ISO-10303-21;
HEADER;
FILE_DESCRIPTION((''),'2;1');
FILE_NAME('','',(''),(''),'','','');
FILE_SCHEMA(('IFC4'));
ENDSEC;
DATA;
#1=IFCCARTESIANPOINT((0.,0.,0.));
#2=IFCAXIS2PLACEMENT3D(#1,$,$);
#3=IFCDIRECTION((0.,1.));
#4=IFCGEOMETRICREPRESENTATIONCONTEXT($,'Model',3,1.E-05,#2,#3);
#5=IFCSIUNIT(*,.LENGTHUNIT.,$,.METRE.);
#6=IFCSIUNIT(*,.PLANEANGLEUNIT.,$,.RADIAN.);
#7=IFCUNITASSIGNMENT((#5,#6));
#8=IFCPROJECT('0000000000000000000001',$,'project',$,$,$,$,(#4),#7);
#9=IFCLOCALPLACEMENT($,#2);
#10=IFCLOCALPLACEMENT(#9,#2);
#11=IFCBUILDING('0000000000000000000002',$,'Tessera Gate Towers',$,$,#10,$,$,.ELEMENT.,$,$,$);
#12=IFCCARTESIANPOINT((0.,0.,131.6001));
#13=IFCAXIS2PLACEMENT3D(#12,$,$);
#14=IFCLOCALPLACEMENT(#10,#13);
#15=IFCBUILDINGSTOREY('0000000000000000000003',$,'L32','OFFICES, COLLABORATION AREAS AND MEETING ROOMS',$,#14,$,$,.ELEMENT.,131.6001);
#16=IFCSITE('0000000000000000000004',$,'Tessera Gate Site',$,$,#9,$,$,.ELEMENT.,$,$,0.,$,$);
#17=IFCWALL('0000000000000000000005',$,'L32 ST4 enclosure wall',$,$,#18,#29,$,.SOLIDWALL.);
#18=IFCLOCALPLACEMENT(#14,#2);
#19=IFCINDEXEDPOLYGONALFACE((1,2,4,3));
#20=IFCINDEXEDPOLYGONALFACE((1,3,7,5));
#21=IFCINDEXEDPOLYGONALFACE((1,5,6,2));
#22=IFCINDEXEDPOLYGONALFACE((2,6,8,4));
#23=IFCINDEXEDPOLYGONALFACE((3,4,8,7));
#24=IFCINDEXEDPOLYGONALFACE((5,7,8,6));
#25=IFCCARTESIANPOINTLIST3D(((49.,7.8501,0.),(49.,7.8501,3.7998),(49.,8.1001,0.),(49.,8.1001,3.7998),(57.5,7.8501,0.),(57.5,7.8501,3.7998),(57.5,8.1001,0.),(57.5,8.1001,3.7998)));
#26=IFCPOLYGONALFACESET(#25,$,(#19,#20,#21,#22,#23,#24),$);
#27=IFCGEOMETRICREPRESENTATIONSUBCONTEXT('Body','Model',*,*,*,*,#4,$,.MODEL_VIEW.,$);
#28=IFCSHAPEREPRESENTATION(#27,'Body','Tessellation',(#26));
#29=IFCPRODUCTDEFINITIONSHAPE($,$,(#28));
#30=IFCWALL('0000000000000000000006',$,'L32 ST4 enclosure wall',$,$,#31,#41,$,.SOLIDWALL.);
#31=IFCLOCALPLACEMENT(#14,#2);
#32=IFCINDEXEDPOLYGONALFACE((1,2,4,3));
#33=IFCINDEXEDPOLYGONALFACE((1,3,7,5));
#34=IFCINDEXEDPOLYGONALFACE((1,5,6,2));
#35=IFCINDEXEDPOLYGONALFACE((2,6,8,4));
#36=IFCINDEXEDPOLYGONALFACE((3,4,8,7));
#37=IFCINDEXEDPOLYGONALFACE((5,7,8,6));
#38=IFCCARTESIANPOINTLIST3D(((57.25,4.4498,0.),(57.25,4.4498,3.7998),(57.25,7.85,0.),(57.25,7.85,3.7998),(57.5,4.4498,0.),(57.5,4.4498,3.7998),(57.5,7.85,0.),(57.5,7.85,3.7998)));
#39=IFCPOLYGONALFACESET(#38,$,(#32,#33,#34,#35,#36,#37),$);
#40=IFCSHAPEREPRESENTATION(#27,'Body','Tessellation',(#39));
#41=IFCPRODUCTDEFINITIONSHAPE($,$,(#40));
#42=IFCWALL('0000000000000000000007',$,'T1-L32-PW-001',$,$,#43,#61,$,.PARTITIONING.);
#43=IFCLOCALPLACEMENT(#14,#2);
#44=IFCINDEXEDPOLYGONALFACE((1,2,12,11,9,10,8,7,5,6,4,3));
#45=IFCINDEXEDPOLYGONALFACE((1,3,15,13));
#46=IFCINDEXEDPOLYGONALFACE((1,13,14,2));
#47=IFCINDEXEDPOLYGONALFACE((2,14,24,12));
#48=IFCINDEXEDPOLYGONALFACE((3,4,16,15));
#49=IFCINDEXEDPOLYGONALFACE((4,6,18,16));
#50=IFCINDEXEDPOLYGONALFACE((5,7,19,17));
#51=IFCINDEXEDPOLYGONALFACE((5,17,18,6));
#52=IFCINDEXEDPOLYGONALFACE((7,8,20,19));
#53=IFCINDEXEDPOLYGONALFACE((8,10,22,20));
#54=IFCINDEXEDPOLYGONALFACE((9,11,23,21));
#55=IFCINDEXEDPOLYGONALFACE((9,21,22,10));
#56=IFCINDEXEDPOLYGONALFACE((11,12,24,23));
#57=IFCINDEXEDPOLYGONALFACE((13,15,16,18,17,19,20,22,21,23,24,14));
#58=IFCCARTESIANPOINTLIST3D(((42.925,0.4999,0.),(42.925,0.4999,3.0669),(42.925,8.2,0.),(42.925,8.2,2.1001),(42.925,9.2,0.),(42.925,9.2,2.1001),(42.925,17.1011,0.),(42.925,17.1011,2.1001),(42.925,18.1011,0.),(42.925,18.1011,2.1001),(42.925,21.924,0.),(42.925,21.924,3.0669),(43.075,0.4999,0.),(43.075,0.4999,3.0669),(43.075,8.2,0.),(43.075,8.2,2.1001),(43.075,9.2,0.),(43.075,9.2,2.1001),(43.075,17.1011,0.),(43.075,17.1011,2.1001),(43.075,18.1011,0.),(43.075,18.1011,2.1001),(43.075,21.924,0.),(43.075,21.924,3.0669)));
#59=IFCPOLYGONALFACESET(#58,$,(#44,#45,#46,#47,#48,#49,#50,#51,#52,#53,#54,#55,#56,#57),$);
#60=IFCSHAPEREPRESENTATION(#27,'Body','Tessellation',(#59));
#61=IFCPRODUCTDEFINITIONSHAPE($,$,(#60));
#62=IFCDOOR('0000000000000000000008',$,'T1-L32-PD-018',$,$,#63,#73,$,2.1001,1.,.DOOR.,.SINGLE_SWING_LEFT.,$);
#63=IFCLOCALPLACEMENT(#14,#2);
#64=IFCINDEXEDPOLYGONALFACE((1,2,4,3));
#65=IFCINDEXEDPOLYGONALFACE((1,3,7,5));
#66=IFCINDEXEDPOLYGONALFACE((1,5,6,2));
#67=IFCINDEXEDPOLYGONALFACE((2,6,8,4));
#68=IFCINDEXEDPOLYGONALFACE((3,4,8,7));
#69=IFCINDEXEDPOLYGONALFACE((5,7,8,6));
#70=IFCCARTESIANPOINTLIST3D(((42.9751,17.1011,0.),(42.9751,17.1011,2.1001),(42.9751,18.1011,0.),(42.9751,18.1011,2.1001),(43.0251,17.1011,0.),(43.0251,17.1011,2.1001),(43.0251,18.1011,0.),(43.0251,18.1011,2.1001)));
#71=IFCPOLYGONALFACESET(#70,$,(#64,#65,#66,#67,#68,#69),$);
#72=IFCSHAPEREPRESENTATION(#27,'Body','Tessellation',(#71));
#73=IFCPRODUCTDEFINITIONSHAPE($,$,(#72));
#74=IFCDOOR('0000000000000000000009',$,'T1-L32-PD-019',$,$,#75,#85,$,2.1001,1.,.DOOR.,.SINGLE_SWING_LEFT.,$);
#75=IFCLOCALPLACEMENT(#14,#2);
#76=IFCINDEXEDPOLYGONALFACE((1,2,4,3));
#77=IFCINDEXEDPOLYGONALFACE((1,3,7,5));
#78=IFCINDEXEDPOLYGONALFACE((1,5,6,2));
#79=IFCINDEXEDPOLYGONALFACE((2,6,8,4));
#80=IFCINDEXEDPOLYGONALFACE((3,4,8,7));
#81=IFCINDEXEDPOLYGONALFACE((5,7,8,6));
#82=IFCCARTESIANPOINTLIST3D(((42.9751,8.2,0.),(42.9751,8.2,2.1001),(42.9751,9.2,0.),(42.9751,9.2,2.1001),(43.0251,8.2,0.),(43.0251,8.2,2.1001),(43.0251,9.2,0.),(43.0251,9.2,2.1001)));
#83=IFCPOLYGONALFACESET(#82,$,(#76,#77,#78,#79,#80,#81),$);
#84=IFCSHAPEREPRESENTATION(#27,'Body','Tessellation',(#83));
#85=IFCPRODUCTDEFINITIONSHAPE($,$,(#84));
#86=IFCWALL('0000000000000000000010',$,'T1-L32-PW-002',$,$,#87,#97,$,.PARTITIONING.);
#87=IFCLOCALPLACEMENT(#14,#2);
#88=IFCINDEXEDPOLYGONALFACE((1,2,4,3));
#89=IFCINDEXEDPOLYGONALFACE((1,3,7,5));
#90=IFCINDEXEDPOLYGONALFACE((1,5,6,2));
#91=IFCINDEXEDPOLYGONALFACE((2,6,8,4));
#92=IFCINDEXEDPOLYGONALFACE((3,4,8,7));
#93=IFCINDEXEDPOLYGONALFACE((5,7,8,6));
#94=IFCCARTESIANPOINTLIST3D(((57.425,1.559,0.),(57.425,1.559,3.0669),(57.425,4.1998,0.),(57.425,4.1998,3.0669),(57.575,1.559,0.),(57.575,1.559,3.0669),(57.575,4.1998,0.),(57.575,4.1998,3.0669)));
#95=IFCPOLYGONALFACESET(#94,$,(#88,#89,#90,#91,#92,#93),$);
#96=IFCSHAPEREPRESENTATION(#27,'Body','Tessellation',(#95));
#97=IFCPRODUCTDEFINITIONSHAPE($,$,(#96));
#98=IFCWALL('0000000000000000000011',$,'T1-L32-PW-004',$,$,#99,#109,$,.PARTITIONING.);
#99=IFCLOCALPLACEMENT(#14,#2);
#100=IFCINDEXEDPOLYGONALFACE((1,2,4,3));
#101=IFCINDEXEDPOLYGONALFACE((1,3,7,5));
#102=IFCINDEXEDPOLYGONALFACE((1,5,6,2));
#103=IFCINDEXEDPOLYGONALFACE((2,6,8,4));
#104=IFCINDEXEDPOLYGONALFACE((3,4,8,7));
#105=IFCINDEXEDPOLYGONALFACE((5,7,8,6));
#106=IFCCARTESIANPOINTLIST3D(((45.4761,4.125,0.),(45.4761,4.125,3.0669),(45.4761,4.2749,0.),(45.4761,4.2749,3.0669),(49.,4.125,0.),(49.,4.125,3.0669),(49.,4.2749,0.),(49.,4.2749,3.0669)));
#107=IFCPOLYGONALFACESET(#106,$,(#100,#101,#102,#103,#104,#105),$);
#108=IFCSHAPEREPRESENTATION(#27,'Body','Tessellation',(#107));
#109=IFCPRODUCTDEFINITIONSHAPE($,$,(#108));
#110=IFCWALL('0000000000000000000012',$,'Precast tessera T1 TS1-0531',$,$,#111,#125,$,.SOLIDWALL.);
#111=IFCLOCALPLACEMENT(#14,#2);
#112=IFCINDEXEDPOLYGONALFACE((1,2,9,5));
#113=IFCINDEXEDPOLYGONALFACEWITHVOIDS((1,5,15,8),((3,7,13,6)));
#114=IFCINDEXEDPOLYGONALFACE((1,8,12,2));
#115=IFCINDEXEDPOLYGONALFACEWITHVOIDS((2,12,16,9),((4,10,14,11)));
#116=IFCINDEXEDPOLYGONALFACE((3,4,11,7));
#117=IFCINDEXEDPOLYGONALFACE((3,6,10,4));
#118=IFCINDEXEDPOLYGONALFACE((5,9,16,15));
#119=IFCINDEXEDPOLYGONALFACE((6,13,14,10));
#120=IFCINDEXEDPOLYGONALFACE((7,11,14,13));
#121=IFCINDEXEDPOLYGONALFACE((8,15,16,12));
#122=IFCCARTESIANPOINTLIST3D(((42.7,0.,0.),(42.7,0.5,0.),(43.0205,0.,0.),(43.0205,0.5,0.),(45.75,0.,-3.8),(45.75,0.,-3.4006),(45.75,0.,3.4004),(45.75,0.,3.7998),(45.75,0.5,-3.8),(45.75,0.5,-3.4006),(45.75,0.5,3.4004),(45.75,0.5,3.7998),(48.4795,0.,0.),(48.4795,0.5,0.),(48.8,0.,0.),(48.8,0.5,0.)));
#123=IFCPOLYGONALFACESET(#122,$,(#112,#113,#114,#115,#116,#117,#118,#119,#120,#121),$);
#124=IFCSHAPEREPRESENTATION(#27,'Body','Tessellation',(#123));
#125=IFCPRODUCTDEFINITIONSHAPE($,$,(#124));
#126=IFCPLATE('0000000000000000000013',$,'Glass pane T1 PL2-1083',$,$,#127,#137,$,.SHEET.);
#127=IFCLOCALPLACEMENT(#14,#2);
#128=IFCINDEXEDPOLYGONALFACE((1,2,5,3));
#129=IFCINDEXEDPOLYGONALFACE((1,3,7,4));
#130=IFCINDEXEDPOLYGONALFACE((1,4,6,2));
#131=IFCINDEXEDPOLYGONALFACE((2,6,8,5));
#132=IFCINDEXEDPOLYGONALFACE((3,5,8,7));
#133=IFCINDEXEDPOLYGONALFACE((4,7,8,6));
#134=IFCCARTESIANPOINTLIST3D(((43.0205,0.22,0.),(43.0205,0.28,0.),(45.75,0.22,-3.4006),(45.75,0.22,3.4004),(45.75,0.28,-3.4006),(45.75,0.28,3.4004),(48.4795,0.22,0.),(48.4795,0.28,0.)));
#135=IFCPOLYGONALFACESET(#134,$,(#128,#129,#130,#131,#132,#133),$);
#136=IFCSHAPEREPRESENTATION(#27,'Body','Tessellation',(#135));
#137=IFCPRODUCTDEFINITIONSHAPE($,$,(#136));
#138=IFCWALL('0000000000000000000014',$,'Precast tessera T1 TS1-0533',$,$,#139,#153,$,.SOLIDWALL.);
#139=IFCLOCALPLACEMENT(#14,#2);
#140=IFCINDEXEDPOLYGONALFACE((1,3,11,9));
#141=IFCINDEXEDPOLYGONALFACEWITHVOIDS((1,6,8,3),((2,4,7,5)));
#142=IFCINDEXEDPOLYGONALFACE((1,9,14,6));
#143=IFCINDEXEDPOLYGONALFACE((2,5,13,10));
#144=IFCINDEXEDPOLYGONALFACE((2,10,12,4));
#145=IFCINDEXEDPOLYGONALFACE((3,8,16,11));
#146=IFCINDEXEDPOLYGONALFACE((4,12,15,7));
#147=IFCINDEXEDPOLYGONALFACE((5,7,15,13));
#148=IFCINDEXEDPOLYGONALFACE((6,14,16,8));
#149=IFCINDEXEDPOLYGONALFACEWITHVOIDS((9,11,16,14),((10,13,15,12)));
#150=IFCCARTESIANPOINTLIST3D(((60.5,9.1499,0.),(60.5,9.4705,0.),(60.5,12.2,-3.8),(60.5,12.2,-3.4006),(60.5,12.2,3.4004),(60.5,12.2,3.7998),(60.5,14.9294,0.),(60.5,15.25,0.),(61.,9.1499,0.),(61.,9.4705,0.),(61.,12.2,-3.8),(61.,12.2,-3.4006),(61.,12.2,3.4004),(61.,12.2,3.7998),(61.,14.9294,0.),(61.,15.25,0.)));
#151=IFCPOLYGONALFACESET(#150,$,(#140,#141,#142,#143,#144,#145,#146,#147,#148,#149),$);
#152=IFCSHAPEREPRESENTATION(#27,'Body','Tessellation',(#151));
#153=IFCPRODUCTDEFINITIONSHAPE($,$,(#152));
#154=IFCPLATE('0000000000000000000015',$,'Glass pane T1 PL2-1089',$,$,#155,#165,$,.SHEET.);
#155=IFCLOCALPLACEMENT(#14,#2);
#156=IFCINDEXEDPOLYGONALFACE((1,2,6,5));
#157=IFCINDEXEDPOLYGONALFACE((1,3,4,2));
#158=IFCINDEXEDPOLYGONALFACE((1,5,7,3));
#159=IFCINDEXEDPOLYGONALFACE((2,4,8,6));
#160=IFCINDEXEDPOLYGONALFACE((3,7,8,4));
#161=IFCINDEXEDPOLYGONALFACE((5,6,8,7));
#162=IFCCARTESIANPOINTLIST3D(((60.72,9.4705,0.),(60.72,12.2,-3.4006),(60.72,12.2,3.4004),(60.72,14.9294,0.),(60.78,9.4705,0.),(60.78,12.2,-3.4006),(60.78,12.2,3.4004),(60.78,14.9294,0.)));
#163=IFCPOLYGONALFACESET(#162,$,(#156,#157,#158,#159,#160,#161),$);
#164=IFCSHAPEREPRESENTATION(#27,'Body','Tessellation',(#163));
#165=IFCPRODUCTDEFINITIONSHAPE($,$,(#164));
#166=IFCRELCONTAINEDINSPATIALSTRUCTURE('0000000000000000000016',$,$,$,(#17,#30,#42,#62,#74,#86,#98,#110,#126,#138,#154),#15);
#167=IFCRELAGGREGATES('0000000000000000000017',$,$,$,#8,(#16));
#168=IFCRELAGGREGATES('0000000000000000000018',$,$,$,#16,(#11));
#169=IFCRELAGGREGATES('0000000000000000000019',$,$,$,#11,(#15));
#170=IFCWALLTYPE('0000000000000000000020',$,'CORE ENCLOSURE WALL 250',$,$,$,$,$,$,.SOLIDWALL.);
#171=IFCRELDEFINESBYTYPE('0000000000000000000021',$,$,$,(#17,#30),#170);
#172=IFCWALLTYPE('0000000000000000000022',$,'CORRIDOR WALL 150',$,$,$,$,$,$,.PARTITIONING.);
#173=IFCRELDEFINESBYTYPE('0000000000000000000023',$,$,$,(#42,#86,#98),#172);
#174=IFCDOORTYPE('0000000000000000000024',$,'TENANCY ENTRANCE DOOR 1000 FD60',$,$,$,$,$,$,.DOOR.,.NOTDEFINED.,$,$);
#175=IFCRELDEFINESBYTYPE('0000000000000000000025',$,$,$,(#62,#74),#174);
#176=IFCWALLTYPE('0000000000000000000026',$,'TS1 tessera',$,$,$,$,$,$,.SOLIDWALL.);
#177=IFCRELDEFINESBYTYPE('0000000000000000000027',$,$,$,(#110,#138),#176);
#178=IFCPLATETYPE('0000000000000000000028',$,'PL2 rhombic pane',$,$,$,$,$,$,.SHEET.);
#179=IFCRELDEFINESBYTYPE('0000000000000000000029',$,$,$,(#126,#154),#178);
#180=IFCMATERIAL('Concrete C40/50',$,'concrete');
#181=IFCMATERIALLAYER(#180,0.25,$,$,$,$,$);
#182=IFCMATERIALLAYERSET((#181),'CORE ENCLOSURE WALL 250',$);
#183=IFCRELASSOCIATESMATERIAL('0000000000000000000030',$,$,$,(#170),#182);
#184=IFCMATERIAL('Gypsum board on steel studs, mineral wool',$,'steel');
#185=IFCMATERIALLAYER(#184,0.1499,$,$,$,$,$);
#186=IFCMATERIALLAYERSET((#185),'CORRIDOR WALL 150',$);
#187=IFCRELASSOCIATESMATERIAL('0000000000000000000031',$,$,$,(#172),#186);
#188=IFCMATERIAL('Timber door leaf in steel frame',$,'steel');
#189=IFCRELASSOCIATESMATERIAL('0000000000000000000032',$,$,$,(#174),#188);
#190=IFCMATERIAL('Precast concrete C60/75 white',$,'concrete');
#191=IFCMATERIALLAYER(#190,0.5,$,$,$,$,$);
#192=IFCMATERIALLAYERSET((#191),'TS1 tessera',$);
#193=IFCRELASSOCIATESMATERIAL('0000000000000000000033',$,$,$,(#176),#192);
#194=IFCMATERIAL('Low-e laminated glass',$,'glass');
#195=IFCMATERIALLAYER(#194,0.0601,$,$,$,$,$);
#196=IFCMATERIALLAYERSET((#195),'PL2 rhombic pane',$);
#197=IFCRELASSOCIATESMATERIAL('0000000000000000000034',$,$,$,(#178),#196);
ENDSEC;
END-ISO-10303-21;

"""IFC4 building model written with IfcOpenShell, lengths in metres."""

from ifc_helpers import new_model, si_unit, direction, frame, frame_2d, origin, place, context, subcontext, project, spatial, polyline, rectangle, outline, extrude, source, transform, mapped, material, layer, layer_set, type_object, element, fill, save


model = new_model("IFC4")

# Units and contexts
model_context = context("Model", 3, precision=1e-05, world=origin(), true_north=direction((0.0, 1.0)))
body_context = subcontext(model_context, "Body", "Model", "MODEL_VIEW")
ifc_project = project(units=[si_unit("LENGTHUNIT", "METRE"), si_unit("PLANEANGLEUNIT", "RADIAN")], contexts=[model_context])

# Site, building, storey
site_placement = place(None, origin())
site = spatial("IfcSite", under=ifc_project, at=site_placement, Name="Tessera Gate Site", CompositionType="ELEMENT", RefElevation=0.0)
building_placement = place(site_placement, origin())
building = spatial("IfcBuilding", under=site, at=building_placement, Name="Tessera Gate Towers", CompositionType="ELEMENT")
storey_placement = place(building_placement, frame((0.0, 0.0, 131.6001)))
storey = spatial("IfcBuildingStorey", under=building, at=storey_placement, Name="L32", Description="OFFICES, COLLABORATION AREAS AND MEETING ROOMS", CompositionType="ELEMENT", Elevation=131.6001)

# Shared definitions
ifc_material_1 = material(Name="Concrete C40/50", Category="concrete")
ifc_layer_1 = layer(ifc_material_1, 0.25)
ifc_layer_set_1 = layer_set([ifc_layer_1], Name="CORE ENCLOSURE WALL 250")
wall_type_1 = type_object("IfcWallType", Name="CORE ENCLOSURE WALL 250", PredefinedType="SOLIDWALL", material=ifc_layer_set_1)

# Walls
wall_1_placement = place(storey_placement, frame((49.0, 7.9751, 0.0), z_axis=(0.0, 0.0, 1.0), x_axis=(1.0, 0.0, 0.0)))
element("IfcWall", 1, at=wall_1_placement, inside=storey, type_object=wall_type_1, Name="L32 ST4 enclosure wall", PredefinedType="SOLIDWALL", context=body_context, shape_type="SweptSolid", body=[
    extrude(rectangle(XDim=8.5, YDim=0.25, at=frame_2d((4.25, 0.0))), origin(), (0.0, 0.0, 1.0), 3.7998),
])
wall_2_placement = place(storey_placement, frame((57.375, 7.8501, 0.0), z_axis=(0.0, 0.0, 1.0), x_axis=(0.0, -1.0, 0.0)))
element("IfcWall", 2, at=wall_2_placement, inside=storey, type_object=wall_type_1, Name="L32 ST4 enclosure wall", PredefinedType="SOLIDWALL", context=body_context, shape_type="SweptSolid", body=[
    extrude(rectangle(XDim=3.4001, YDim=0.25, at=frame_2d((1.7002, 0.0))), origin(), (0.0, 0.0, 1.0), 3.7998),
])

# Wall, openings, doors
ifc_material_2 = material(Name="Gypsum board on steel studs, mineral wool", Category="steel")
ifc_layer_2 = layer(ifc_material_2, 0.1499)
ifc_layer_set_2 = layer_set([ifc_layer_2], Name="CORRIDOR WALL 150")
wall_type_2 = type_object("IfcWallType", Name="CORRIDOR WALL 150", PredefinedType="PARTITIONING", material=ifc_layer_set_2)
wall_3_placement = place(storey_placement, frame((43.0, 0.5, 0.0), z_axis=(0.0, 0.0, 1.0), x_axis=(0.0, 1.0, 0.0)))
wall_3 = element("IfcWall", 3, at=wall_3_placement, inside=storey, type_object=wall_type_2, Name="T1-L32-PW-001", PredefinedType="PARTITIONING", context=body_context, shape_type="SweptSolid", body=[
    extrude(rectangle(XDim=21.4241, YDim=0.1499, at=frame_2d((10.7119, 0.0))), origin(), (0.0, 0.0, 1.0), 3.0669),
])
shared_shape_1 = source(origin(), body_context, "Body", "SweptSolid", [
    extrude(rectangle(XDim=1.0, YDim=2.1001, at=frame_2d((0.5, 1.05))), frame((0.0, 0.085, 0.0), z_axis=(0.0, -1.0, 0.0), x_axis=(1.0, 0.0, 0.0)), (0.0, 0.0, 1.0), 0.1699),
])
opening_1_placement = place(wall_3_placement, frame((16.6011, 0.0, 0.0)))
opening_1 = element("IfcOpeningElement", 4, at=opening_1_placement, cuts=wall_3, PredefinedType="OPENING", context=body_context, shape_type="MappedRepresentation", body=[
    mapped(shared_shape_1, transform((0.0, 0.0, 0.0), scale=1.0)),
])
opening_2_placement = place(wall_3_placement, frame((7.7, 0.0, 0.0)))
opening_2 = element("IfcOpeningElement", 5, at=opening_2_placement, cuts=wall_3, PredefinedType="OPENING", context=body_context, shape_type="MappedRepresentation", body=[
    mapped(shared_shape_1, transform((0.0, 0.0, 0.0), scale=1.0)),
])
ifc_material_3 = material(Name="Timber door leaf in steel frame", Category="steel")
door_type_1 = type_object("IfcDoorType", Name="TENANCY ENTRANCE DOOR 1000 FD60", OperationType="NOTDEFINED", PredefinedType="DOOR", material=ifc_material_3)
shared_shape_2 = source(origin(), body_context, "Body", "SweptSolid", [
    extrude(rectangle(XDim=1.0, YDim=2.1001, at=frame_2d((0.5, 1.05))), frame((0.0, 0.0249, 0.0), z_axis=(0.0, -1.0, 0.0), x_axis=(1.0, 0.0, 0.0)), (0.0, 0.0, 1.0), 0.05),
])
door_1_placement = place(opening_1_placement, origin())
door_1 = element("IfcDoor", 6, at=door_1_placement, inside=storey, type_object=door_type_1, Name="T1-L32-PD-018", OperationType="SINGLE_SWING_LEFT", OverallHeight=2.1001, OverallWidth=1.0, PredefinedType="DOOR", context=body_context, shape_type="MappedRepresentation", body=[
    mapped(shared_shape_2, transform((0.0, 0.0, 0.0), scale=1.0)),
])
fill(opening_1, door_1)
door_2_placement = place(opening_2_placement, origin())
door_2 = element("IfcDoor", 7, at=door_2_placement, inside=storey, type_object=door_type_1, Name="T1-L32-PD-019", OperationType="SINGLE_SWING_LEFT", OverallHeight=2.1001, OverallWidth=1.0, PredefinedType="DOOR", context=body_context, shape_type="MappedRepresentation", body=[
    mapped(shared_shape_2, transform((0.0, 0.0, 0.0), scale=1.0)),
])
fill(opening_2, door_2)

# Walls
wall_4_placement = place(storey_placement, frame((57.5, 1.5591, 0.0), z_axis=(0.0, 0.0, 1.0), x_axis=(0.0, 1.0, 0.0)))
element("IfcWall", 8, at=wall_4_placement, inside=storey, type_object=wall_type_2, Name="T1-L32-PW-002", PredefinedType="PARTITIONING", context=body_context, shape_type="SweptSolid", body=[
    extrude(rectangle(XDim=2.6409, YDim=0.1499, at=frame_2d((1.3203, 0.0))), origin(), (0.0, 0.0, 1.0), 3.0669),
])
wall_5_placement = place(storey_placement, frame((45.4761, 4.2, 0.0), z_axis=(0.0, 0.0, 1.0), x_axis=(1.0, 0.0, 0.0)))
element("IfcWall", 9, at=wall_5_placement, inside=storey, type_object=wall_type_2, Name="T1-L32-PW-004", PredefinedType="PARTITIONING", context=body_context, shape_type="SweptSolid", body=[
    extrude(rectangle(XDim=3.5239, YDim=0.1499, at=frame_2d((1.762, 0.0))), origin(), (0.0, 0.0, 1.0), 3.0669),
])

# Walls, openings, plates
ifc_material_4 = material(Name="Precast concrete C60/75 white", Category="concrete")
ifc_layer_3 = layer(ifc_material_4, 0.5)
ifc_layer_set_3 = layer_set([ifc_layer_3], Name="TS1 tessera")
wall_type_3 = type_object("IfcWallType", Name="TS1 tessera", PredefinedType="SOLIDWALL", material=ifc_layer_set_3)
shared_shape_3 = source(origin(), body_context, "Body", "SweptSolid", [
    extrude(outline(polyline([(3.05, 0.0), (6.1001, 3.8), (3.05, 7.5999), (0.0, 3.8), (3.05, 0.0)])), frame((0.0, 0.25, 0.0), z_axis=(0.0, -1.0, 0.0), x_axis=(1.0, 0.0, 0.0)), (0.0, 0.0, 1.0), 0.5),
])
wall_6_placement = place(storey_placement, frame((42.7, 0.25, -3.8), z_axis=(0.0, 0.0, 1.0), x_axis=(1.0, 0.0, 0.0)))
wall_6 = element("IfcWall", 10, at=wall_6_placement, inside=storey, type_object=wall_type_3, Name="Precast tessera T1 TS1-0531", PredefinedType="SOLIDWALL", context=body_context, shape_type="MappedRepresentation", body=[
    mapped(shared_shape_3, transform((0.0, 0.0, 0.0), scale=1.0)),
])
shared_shape_4 = source(origin(), body_context, "Body", "SweptSolid", [
    extrude(outline(polyline([(3.05, 0.3994), (5.7795, 3.8), (3.05, 7.2004), (0.3206, 3.8), (3.05, 0.3994)])), frame((0.0, 0.26, 0.0), z_axis=(0.0, -1.0, 0.0), x_axis=(1.0, 0.0, 0.0)), (0.0, 0.0, 1.0), 0.52),
])
opening_3_placement = place(wall_6_placement, origin())
opening_3 = element("IfcOpeningElement", 11, at=opening_3_placement, cuts=wall_6, PredefinedType="OPENING", context=body_context, shape_type="MappedRepresentation", body=[
    mapped(shared_shape_4, transform((0.0, 0.0, 0.0), scale=1.0)),
])
ifc_material_5 = material(Name="Low-e laminated glass", Category="glass")
ifc_layer_4 = layer(ifc_material_5, 0.0601)
ifc_layer_set_4 = layer_set([ifc_layer_4], Name="PL2 rhombic pane")
plate_type = type_object("IfcPlateType", Name="PL2 rhombic pane", PredefinedType="SHEET", material=ifc_layer_set_4)
shared_shape_5 = source(origin(), body_context, "Body", "SweptSolid", [
    extrude(outline(polyline([(3.05, 0.3994), (5.7795, 3.8), (3.05, 7.2004), (0.3206, 3.8), (3.05, 0.3994)])), frame((0.0, 0.03, 0.0), z_axis=(0.0, -1.0, 0.0), x_axis=(1.0, 0.0, 0.0)), (0.0, 0.0, 1.0), 0.0601),
])
plate_1_placement = place(opening_3_placement, origin())
plate_1 = element("IfcPlate", 12, at=plate_1_placement, inside=storey, type_object=plate_type, Name="Glass pane T1 PL2-1083", PredefinedType="SHEET", context=body_context, shape_type="MappedRepresentation", body=[
    mapped(shared_shape_5, transform((0.0, 0.0, 0.0), scale=1.0)),
])
fill(opening_3, plate_1)
wall_7_placement = place(storey_placement, frame((60.75, 9.1499, -3.8), z_axis=(0.0, 0.0, 1.0), x_axis=(0.0, 1.0, 0.0)))
wall_7 = element("IfcWall", 13, at=wall_7_placement, inside=storey, type_object=wall_type_3, Name="Precast tessera T1 TS1-0533", PredefinedType="SOLIDWALL", context=body_context, shape_type="MappedRepresentation", body=[
    mapped(shared_shape_3, transform((0.0, 0.0, 0.0), scale=1.0)),
])
opening_4_placement = place(wall_7_placement, origin())
opening_4 = element("IfcOpeningElement", 14, at=opening_4_placement, cuts=wall_7, PredefinedType="OPENING", context=body_context, shape_type="MappedRepresentation", body=[
    mapped(shared_shape_4, transform((0.0, 0.0, 0.0), scale=1.0)),
])
plate_2_placement = place(opening_4_placement, origin())
plate_2 = element("IfcPlate", 15, at=plate_2_placement, inside=storey, type_object=plate_type, Name="Glass pane T1 PL2-1089", PredefinedType="SHEET", context=body_context, shape_type="MappedRepresentation", body=[
    mapped(shared_shape_5, transform((0.0, 0.0, 0.0), scale=1.0)),
])
fill(opening_4, plate_2)

save(model, "model.ifc")
